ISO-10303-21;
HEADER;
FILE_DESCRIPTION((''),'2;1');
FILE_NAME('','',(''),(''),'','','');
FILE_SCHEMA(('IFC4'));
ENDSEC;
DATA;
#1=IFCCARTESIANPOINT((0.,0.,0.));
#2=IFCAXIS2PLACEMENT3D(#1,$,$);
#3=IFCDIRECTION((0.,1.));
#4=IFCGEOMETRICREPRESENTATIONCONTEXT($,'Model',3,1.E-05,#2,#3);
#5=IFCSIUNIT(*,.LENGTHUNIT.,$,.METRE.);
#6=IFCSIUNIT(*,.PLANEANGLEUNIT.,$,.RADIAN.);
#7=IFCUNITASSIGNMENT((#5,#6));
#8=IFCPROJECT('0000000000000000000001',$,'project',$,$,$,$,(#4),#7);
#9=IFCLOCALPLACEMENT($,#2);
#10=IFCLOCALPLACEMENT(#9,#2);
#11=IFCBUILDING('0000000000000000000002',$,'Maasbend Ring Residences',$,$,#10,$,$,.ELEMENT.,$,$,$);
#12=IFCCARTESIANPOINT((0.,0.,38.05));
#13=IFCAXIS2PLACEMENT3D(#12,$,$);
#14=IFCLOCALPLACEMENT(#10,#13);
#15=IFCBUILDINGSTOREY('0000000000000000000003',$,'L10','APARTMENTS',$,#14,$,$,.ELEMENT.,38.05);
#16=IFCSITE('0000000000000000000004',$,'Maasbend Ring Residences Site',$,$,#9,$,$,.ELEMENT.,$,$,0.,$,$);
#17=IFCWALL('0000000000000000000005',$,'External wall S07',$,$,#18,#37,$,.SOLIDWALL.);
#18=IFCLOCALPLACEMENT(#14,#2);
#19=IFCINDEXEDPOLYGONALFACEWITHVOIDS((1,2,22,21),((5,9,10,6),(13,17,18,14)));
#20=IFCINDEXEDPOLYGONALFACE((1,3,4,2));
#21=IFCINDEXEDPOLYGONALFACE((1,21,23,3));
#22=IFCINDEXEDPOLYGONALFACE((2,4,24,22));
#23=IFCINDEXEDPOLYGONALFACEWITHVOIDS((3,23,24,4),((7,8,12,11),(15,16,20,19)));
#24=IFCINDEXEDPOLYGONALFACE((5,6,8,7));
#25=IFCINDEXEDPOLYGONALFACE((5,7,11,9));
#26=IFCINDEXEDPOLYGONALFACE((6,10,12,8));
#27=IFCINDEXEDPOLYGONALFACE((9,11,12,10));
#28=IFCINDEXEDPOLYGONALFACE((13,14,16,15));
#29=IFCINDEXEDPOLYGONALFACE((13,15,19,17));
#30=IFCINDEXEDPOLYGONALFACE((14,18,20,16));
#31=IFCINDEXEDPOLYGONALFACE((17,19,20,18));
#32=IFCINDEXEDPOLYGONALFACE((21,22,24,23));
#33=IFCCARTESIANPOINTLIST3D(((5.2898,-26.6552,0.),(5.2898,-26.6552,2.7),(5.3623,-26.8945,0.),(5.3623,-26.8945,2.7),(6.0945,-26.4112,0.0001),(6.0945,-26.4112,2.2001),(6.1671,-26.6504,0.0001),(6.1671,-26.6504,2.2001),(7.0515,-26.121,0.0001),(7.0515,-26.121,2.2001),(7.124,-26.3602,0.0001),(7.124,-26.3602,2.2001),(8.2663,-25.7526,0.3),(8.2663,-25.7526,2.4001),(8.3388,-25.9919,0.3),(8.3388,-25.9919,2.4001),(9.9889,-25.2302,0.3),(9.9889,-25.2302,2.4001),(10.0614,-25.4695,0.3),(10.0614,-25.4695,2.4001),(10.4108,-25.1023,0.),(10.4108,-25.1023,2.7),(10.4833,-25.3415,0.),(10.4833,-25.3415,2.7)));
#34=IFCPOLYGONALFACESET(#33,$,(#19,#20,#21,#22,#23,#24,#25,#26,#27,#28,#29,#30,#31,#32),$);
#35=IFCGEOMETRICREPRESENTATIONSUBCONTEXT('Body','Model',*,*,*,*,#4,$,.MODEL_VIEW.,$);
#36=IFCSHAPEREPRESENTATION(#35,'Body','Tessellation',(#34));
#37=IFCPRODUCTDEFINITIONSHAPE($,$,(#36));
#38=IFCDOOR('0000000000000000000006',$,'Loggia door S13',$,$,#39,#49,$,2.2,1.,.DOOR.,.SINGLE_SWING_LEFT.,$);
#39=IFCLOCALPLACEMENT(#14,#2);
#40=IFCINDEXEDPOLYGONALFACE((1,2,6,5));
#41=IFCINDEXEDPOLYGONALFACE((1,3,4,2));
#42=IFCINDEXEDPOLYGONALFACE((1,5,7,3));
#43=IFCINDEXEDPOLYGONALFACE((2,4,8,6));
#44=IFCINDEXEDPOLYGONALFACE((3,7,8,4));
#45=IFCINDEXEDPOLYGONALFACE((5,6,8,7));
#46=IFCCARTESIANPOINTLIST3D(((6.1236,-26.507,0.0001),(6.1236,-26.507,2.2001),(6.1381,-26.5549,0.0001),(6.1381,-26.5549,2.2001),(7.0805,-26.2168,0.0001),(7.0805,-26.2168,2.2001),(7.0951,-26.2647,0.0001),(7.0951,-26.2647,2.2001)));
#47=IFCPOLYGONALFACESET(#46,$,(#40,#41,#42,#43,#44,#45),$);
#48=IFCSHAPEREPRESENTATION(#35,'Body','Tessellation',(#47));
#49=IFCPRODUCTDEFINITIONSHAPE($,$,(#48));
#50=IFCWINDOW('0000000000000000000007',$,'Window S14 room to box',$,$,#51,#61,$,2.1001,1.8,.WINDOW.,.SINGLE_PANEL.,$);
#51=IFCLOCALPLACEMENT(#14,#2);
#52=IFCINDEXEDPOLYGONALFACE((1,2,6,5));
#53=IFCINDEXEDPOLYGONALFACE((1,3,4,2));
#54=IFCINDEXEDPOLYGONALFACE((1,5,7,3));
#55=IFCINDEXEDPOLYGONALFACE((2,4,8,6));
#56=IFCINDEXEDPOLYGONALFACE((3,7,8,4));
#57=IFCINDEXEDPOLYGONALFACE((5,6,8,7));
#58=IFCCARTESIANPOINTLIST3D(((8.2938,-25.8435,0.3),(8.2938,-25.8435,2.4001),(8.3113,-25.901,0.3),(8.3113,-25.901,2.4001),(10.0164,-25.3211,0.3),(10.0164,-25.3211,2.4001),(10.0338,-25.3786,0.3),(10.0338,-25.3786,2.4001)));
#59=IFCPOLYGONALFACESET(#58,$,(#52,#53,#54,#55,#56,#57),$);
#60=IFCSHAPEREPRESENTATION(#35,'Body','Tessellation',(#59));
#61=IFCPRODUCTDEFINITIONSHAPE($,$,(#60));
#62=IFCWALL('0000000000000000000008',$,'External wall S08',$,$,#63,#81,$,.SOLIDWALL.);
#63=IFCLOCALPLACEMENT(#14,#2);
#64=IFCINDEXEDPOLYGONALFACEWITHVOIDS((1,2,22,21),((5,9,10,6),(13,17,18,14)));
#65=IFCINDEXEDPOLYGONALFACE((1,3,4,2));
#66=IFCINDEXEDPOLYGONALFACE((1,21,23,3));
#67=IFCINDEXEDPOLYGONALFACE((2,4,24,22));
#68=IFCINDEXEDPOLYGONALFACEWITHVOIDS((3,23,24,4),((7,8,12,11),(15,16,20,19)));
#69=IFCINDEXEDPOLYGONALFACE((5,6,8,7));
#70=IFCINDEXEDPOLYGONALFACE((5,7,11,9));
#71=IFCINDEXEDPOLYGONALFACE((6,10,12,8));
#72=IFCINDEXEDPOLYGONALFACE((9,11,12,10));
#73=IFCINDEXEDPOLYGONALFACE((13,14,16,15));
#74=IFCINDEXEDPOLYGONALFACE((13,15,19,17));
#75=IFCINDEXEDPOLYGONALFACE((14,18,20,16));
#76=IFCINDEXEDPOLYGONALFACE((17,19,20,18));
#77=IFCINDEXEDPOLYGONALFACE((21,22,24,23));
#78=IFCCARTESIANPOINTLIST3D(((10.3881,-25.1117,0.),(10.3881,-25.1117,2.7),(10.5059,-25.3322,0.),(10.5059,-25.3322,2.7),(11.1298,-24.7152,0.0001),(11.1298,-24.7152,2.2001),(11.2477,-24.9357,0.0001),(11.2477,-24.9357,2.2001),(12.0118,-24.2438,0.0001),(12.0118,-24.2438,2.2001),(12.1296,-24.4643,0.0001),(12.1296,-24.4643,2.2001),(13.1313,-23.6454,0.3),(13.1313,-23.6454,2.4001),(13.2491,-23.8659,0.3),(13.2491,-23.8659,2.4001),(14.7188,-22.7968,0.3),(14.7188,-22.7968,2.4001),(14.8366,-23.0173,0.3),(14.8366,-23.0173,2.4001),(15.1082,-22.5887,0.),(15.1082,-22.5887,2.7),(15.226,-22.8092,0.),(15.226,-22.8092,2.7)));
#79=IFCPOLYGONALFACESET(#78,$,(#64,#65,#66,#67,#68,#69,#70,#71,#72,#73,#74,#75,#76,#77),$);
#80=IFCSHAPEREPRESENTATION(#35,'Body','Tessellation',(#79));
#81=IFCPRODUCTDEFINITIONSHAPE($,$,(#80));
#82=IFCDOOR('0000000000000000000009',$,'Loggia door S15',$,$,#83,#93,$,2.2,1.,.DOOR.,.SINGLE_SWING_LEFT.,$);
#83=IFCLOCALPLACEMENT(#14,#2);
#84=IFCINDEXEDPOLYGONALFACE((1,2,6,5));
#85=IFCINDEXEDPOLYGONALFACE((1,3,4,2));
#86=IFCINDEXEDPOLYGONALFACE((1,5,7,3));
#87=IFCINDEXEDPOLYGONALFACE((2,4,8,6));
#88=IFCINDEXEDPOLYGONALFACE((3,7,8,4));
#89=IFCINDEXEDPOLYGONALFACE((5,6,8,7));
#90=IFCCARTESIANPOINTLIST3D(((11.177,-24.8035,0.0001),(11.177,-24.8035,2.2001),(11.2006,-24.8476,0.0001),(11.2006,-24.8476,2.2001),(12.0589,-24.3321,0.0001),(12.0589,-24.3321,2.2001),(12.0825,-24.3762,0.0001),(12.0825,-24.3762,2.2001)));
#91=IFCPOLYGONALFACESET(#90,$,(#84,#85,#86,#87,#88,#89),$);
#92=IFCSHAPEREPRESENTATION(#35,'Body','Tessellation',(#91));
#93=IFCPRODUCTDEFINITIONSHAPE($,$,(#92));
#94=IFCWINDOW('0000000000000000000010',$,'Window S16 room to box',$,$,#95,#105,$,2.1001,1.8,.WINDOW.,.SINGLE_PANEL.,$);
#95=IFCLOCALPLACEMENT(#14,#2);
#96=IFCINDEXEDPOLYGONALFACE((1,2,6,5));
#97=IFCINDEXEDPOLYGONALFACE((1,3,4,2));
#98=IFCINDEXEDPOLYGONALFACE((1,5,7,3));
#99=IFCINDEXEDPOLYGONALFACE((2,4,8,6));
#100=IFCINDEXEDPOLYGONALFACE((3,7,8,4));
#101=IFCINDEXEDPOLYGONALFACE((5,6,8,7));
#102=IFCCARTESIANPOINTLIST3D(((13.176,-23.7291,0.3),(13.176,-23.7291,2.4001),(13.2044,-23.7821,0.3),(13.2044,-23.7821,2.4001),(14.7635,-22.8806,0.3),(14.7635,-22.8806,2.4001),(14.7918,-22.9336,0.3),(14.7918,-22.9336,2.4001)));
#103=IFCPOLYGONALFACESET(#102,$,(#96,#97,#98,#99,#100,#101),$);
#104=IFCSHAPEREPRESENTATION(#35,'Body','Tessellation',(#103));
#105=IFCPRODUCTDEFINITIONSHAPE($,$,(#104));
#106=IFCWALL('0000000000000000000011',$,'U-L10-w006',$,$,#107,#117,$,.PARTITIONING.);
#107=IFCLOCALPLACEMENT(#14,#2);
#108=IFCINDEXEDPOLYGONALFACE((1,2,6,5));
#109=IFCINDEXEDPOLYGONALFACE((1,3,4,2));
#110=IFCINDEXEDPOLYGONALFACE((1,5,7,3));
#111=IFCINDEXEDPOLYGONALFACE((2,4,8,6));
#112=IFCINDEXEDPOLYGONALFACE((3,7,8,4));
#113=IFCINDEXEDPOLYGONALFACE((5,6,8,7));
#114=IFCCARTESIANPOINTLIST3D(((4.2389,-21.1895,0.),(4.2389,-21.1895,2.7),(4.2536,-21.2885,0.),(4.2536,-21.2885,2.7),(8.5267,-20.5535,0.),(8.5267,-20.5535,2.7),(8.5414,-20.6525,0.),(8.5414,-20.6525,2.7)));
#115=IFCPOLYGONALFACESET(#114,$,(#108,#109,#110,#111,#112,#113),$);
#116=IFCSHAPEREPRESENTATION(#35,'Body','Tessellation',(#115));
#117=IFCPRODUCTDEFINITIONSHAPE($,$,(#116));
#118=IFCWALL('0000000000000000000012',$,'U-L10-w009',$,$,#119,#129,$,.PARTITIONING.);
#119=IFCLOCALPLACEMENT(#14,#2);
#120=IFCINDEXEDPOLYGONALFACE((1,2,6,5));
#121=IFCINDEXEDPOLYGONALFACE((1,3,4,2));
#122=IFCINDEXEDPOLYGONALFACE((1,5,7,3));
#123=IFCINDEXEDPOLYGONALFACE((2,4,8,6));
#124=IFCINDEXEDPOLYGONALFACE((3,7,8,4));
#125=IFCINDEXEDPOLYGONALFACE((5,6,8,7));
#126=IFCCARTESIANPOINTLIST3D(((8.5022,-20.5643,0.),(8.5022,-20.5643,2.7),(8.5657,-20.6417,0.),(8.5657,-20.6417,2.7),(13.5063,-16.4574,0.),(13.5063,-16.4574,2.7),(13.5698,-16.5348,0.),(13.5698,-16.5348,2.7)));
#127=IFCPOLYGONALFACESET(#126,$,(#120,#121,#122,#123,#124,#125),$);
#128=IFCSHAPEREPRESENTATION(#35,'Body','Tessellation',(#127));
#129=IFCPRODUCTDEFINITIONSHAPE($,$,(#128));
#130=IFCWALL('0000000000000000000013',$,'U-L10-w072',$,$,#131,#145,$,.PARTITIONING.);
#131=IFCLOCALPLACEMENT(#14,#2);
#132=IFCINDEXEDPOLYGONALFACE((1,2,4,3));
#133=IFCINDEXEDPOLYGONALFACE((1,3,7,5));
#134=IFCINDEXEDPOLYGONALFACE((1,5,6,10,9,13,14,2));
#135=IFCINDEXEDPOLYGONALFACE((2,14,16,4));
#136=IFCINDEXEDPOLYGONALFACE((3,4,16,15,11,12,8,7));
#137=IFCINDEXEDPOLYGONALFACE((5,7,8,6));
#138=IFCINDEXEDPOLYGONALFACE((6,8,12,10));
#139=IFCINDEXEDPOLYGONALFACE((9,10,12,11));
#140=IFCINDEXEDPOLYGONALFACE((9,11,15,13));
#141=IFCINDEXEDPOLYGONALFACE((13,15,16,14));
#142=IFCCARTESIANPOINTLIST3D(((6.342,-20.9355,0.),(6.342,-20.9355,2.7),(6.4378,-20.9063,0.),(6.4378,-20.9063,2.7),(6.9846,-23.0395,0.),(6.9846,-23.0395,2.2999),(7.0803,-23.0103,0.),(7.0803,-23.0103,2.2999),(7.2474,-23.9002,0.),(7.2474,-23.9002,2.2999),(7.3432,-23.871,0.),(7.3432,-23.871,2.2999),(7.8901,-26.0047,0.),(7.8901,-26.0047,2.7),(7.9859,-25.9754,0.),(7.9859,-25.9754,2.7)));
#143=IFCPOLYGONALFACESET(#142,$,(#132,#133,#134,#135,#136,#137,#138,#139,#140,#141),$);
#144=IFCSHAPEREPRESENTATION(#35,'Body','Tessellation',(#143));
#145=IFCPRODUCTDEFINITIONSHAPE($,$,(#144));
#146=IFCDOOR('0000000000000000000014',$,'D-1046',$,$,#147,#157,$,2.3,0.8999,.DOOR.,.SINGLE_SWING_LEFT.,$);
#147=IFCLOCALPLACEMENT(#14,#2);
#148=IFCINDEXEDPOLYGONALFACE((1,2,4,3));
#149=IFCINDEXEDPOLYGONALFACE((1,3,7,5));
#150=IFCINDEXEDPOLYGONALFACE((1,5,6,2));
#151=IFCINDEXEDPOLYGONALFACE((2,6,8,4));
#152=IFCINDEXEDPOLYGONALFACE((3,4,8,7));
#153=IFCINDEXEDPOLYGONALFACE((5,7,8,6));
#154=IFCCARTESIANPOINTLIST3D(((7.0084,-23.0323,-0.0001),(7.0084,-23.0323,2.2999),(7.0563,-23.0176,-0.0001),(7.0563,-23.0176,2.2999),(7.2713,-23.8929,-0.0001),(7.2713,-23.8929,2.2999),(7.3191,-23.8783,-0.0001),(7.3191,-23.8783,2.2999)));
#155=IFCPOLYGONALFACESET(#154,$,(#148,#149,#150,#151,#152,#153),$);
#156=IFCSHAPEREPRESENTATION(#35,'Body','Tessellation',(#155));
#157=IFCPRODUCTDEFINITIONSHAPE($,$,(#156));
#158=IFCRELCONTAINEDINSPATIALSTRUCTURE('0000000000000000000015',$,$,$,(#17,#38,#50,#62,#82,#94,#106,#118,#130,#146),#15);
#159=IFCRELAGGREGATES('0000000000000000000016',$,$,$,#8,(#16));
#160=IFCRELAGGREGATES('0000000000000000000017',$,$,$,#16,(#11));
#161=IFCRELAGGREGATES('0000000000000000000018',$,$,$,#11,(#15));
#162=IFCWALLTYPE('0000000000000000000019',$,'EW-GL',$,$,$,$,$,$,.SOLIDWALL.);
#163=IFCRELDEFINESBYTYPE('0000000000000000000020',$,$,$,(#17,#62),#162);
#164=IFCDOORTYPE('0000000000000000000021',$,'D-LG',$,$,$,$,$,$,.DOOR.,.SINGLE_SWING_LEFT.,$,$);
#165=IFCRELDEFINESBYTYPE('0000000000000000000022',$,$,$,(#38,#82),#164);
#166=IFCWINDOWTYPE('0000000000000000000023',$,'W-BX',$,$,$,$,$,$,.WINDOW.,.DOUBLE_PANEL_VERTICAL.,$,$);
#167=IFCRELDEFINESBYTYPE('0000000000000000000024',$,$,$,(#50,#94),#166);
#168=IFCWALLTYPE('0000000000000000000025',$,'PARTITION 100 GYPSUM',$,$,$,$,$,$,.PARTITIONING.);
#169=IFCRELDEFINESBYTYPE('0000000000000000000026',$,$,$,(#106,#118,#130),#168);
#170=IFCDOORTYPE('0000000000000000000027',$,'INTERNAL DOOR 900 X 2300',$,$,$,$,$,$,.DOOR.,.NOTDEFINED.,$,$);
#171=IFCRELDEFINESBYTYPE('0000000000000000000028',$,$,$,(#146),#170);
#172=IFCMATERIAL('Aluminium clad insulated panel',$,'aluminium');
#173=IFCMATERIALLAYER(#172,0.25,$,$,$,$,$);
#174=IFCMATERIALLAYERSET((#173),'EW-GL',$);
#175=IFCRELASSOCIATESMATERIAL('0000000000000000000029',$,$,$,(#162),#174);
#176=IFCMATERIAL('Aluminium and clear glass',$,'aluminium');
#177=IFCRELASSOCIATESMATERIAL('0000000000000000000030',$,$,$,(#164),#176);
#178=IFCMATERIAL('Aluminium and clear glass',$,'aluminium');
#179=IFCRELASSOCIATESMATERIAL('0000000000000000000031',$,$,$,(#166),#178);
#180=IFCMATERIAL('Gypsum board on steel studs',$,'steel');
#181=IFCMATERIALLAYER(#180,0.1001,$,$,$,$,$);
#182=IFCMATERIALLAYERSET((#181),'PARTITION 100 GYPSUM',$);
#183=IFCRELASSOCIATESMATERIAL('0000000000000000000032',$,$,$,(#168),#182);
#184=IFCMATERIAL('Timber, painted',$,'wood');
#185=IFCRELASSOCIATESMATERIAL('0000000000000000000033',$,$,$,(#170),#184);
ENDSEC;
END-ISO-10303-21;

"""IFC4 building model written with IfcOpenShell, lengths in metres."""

from ifc_helpers import new_model, si_unit, direction, frame, frame_2d, origin, place, context, subcontext, project, spatial, rectangle, extrude, material, layer, layer_set, type_object, element, fill, save


model = new_model("IFC4")

# Units and contexts
model_context = context("Model", 3, precision=1e-05, world=origin(), true_north=direction((0.0, 1.0)))
body_context = subcontext(model_context, "Body", "Model", "MODEL_VIEW")
ifc_project = project(units=[si_unit("LENGTHUNIT", "METRE"), si_unit("PLANEANGLEUNIT", "RADIAN")], contexts=[model_context])

# Site, building, storey
site_placement = place(None, origin())
site = spatial("IfcSite", under=ifc_project, at=site_placement, Name="Maasbend Ring Residences Site", CompositionType="ELEMENT", RefElevation=0.0)
building_placement = place(site_placement, origin())
building = spatial("IfcBuilding", under=site, at=building_placement, Name="Maasbend Ring Residences", CompositionType="ELEMENT")
storey_placement = place(building_placement, frame((0.0, 0.0, 38.05)))
storey = spatial("IfcBuildingStorey", under=building, at=storey_placement, Name="L10", Description="APARTMENTS", CompositionType="ELEMENT", Elevation=38.05)

# Walls, openings, doors, windows
ifc_material_1 = material(Name="Aluminium clad insulated panel", Category="aluminium")
ifc_layer_1 = layer(ifc_material_1, 0.25)
ifc_layer_set_1 = layer_set([ifc_layer_1], Name="EW-GL")
wall_type_1 = type_object("IfcWallType", Name="EW-GL", PredefinedType="SOLIDWALL", material=ifc_layer_set_1)
wall_1_placement = place(storey_placement, frame((5.3259, -26.7749, 0.0), z_axis=(0.0, 0.0, 1.0), x_axis=(0.956966, 0.290201, 0.0)))
wall_1 = element("IfcWall", 1, at=wall_1_placement, inside=storey, type_object=wall_type_1, Name="External wall S07", PredefinedType="SOLIDWALL", context=body_context, shape_type="SweptSolid", body=[
    extrude(rectangle(XDim=5.3513, YDim=0.25, at=frame_2d((2.6758, 0.0))), origin(), (0.0, 0.0, 1.0), 2.7),
])
opening_1_placement = place(wall_1_placement, frame((0.8411, 0.0, 0.0)))
opening_1 = element("IfcOpeningElement", 2, at=opening_1_placement, cuts=wall_1, PredefinedType="OPENING", context=body_context, shape_type="SweptSolid", body=[
    extrude(rectangle(XDim=1.0, YDim=2.2, at=frame_2d((0.5, 1.1001))), frame((0.0, 0.135, 0.0), z_axis=(0.0, -1.0, 0.0), x_axis=(1.0, 0.0, 0.0)), (0.0, 0.0, 1.0), 0.27),
])
opening_2_placement = place(wall_1_placement, frame((3.1106, 0.0, 0.3)))
opening_2 = element("IfcOpeningElement", 3, at=opening_2_placement, cuts=wall_1, PredefinedType="OPENING", context=body_context, shape_type="SweptSolid", body=[
    extrude(rectangle(XDim=1.8, YDim=2.1001, at=frame_2d((0.8999, 1.05))), frame((0.0, 0.135, 0.0), z_axis=(0.0, -1.0, 0.0), x_axis=(1.0, 0.0, 0.0)), (0.0, 0.0, 1.0), 0.27),
])
ifc_material_2 = material(Name="Aluminium and clear glass", Category="aluminium")
door_type_1 = type_object("IfcDoorType", Name="D-LG", OperationType="SINGLE_SWING_LEFT", PredefinedType="DOOR", material=ifc_material_2)
door_1_placement = place(opening_1_placement, origin())
door_1 = element("IfcDoor", 4, at=door_1_placement, inside=storey, type_object=door_type_1, Name="Loggia door S13", OperationType="SINGLE_SWING_LEFT", OverallHeight=2.2, OverallWidth=1.0, PredefinedType="DOOR", context=body_context, shape_type="SweptSolid", body=[
    extrude(rectangle(XDim=1.0, YDim=2.2, at=frame_2d((0.5, 1.1001))), frame((0.0, 0.0249, 0.0), z_axis=(0.0, -1.0, 0.0), x_axis=(1.0, 0.0, 0.0)), (0.0, 0.0, 1.0), 0.05),
])
fill(opening_1, door_1)
ifc_material_3 = material(Name="Aluminium and clear glass", Category="aluminium")
window_type_1 = type_object("IfcWindowType", Name="W-BX", PartitioningType="DOUBLE_PANEL_VERTICAL", PredefinedType="WINDOW", material=ifc_material_3)
window_1_placement = place(opening_2_placement, origin())
window_1 = element("IfcWindow", 5, at=window_1_placement, inside=storey, type_object=window_type_1, Name="Window S14 room to box", OverallHeight=2.1001, OverallWidth=1.8, PartitioningType="SINGLE_PANEL", PredefinedType="WINDOW", context=body_context, shape_type="SweptSolid", body=[
    extrude(rectangle(XDim=1.8, YDim=2.1001, at=frame_2d((0.8999, 1.05))), frame((0.0, 0.03, 0.0), z_axis=(0.0, -1.0, 0.0), x_axis=(1.0, 0.0, 0.0)), (0.0, 0.0, 1.0), 0.0601),
])
fill(opening_2, window_1)
wall_2_placement = place(storey_placement, frame((10.447, -25.2219, 0.0), z_axis=(0.0, 0.0, 1.0), x_axis=(0.881916, 0.471407, 0.0)))
wall_2 = element("IfcWall", 6, at=wall_2_placement, inside=storey, type_object=wall_type_1, Name="External wall S08", PredefinedType="SOLIDWALL", context=body_context, shape_type="SweptSolid", body=[
    extrude(rectangle(XDim=5.3521, YDim=0.25, at=frame_2d((2.676, 0.0))), origin(), (0.0, 0.0, 1.0), 2.7),
])
opening_3_placement = place(wall_2_placement, frame((0.8411, 0.0, 0.0)))
opening_3 = element("IfcOpeningElement", 7, at=opening_3_placement, cuts=wall_2, PredefinedType="OPENING", context=body_context, shape_type="SweptSolid", body=[
    extrude(rectangle(XDim=1.0, YDim=2.2, at=frame_2d((0.5, 1.1001))), frame((0.0, 0.135, 0.0), z_axis=(0.0, -1.0, 0.0), x_axis=(1.0, 0.0, 0.0)), (0.0, 0.0, 1.0), 0.27),
])
opening_4_placement = place(wall_2_placement, frame((3.1106, 0.0, 0.3)))
opening_4 = element("IfcOpeningElement", 8, at=opening_4_placement, cuts=wall_2, PredefinedType="OPENING", context=body_context, shape_type="SweptSolid", body=[
    extrude(rectangle(XDim=1.8, YDim=2.1001, at=frame_2d((0.8999, 1.05))), frame((0.0, 0.135, 0.0), z_axis=(0.0, -1.0, 0.0), x_axis=(1.0, 0.0, 0.0)), (0.0, 0.0, 1.0), 0.27),
])
door_2_placement = place(opening_3_placement, origin())
door_2 = element("IfcDoor", 9, at=door_2_placement, inside=storey, type_object=door_type_1, Name="Loggia door S15", OperationType="SINGLE_SWING_LEFT", OverallHeight=2.2, OverallWidth=1.0, PredefinedType="DOOR", context=body_context, shape_type="SweptSolid", body=[
    extrude(rectangle(XDim=1.0, YDim=2.2, at=frame_2d((0.5, 1.1001))), frame((0.0, 0.0249, 0.0), z_axis=(0.0, -1.0, 0.0), x_axis=(1.0, 0.0, 0.0)), (0.0, 0.0, 1.0), 0.05),
])
fill(opening_3, door_2)
window_2_placement = place(opening_4_placement, origin())
window_2 = element("IfcWindow", 10, at=window_2_placement, inside=storey, type_object=window_type_1, Name="Window S16 room to box", OverallHeight=2.1001, OverallWidth=1.8, PartitioningType="SINGLE_PANEL", PredefinedType="WINDOW", context=body_context, shape_type="SweptSolid", body=[
    extrude(rectangle(XDim=1.8, YDim=2.1001, at=frame_2d((0.8999, 1.05))), frame((0.0, 0.03, 0.0), z_axis=(0.0, -1.0, 0.0), x_axis=(1.0, 0.0, 0.0)), (0.0, 0.0, 1.0), 0.0601),
])
fill(opening_4, window_2)

# Walls
ifc_material_4 = material(Name="Gypsum board on steel studs", Category="steel")
ifc_layer_2 = layer(ifc_material_4, 0.1001)
ifc_layer_set_2 = layer_set([ifc_layer_2], Name="PARTITION 100 GYPSUM")
wall_type_2 = type_object("IfcWallType", Name="PARTITION 100 GYPSUM", PredefinedType="PARTITIONING", material=ifc_layer_set_2)
wall_3_placement = place(storey_placement, frame((4.2461, -21.239, 0.0), z_axis=(0.0, 0.0, 1.0), x_axis=(0.989178, 0.146718, 0.0)))
element("IfcWall", 11, at=wall_3_placement, inside=storey, type_object=wall_type_2, Name="U-L10-w006", PredefinedType="PARTITIONING", context=body_context, shape_type="SweptSolid", body=[
    extrude(rectangle(XDim=4.3347, YDim=0.1001, at=frame_2d((2.1675, 0.0))), origin(), (0.0, 0.0, 1.0), 2.7),
])
wall_4_placement = place(storey_placement, frame((8.5339, -20.603, 0.0), z_axis=(0.0, 0.0, 1.0), x_axis=(0.773, 0.634406, 0.0)))
element("IfcWall", 12, at=wall_4_placement, inside=storey, type_object=wall_type_2, Name="U-L10-w009", PredefinedType="PARTITIONING", context=body_context, shape_type="SweptSolid", body=[
    extrude(rectangle(XDim=6.4736, YDim=0.1001, at=frame_2d((3.2368, 0.0))), origin(), (0.0, 0.0, 1.0), 2.7),
])

# Wall, opening, door
wall_5_placement = place(storey_placement, frame((6.3899, -20.9209, 0.0), z_axis=(0.0, 0.0, 1.0), x_axis=(0.292082, -0.956393, 0.0)))
wall_5 = element("IfcWall", 13, at=wall_5_placement, inside=storey, type_object=wall_type_2, Name="U-L10-w072", PredefinedType="PARTITIONING", context=body_context, shape_type="SweptSolid", body=[
    extrude(rectangle(XDim=5.3003, YDim=0.1001, at=frame_2d((2.6501, 0.0))), origin(), (0.0, 0.0, 1.0), 2.7),
])
opening_5_placement = place(wall_5_placement, frame((2.2, 0.0, 0.0)))
opening_5 = element("IfcOpeningElement", 14, at=opening_5_placement, cuts=wall_5, PredefinedType="OPENING", context=body_context, shape_type="SweptSolid", body=[
    extrude(rectangle(XDim=0.8999, YDim=2.3, at=frame_2d((0.45, 1.1499))), frame((0.0, 0.0601, 0.0), z_axis=(0.0, -1.0, 0.0), x_axis=(1.0, 0.0, 0.0)), (0.0, 0.0, 1.0), 0.1201),
])
ifc_material_5 = material(Name="Timber, painted", Category="wood")
door_type_2 = type_object("IfcDoorType", Name="INTERNAL DOOR 900 X 2300", OperationType="NOTDEFINED", PredefinedType="DOOR", material=ifc_material_5)
door_3_placement = place(opening_5_placement, origin())
door_3 = element("IfcDoor", 15, at=door_3_placement, inside=storey, type_object=door_type_2, Name="D-1046", OperationType="SINGLE_SWING_LEFT", OverallHeight=2.3, OverallWidth=0.8999, PredefinedType="DOOR", context=body_context, shape_type="SweptSolid", body=[
    extrude(rectangle(XDim=0.8999, YDim=2.3, at=frame_2d((0.45, 1.1499))), frame((0.0, 0.0249, 0.0), z_axis=(0.0, -1.0, 0.0), x_axis=(1.0, 0.0, 0.0)), (0.0, 0.0, 1.0), 0.05),
])
fill(opening_5, door_3)

save(model, "model.ifc")
